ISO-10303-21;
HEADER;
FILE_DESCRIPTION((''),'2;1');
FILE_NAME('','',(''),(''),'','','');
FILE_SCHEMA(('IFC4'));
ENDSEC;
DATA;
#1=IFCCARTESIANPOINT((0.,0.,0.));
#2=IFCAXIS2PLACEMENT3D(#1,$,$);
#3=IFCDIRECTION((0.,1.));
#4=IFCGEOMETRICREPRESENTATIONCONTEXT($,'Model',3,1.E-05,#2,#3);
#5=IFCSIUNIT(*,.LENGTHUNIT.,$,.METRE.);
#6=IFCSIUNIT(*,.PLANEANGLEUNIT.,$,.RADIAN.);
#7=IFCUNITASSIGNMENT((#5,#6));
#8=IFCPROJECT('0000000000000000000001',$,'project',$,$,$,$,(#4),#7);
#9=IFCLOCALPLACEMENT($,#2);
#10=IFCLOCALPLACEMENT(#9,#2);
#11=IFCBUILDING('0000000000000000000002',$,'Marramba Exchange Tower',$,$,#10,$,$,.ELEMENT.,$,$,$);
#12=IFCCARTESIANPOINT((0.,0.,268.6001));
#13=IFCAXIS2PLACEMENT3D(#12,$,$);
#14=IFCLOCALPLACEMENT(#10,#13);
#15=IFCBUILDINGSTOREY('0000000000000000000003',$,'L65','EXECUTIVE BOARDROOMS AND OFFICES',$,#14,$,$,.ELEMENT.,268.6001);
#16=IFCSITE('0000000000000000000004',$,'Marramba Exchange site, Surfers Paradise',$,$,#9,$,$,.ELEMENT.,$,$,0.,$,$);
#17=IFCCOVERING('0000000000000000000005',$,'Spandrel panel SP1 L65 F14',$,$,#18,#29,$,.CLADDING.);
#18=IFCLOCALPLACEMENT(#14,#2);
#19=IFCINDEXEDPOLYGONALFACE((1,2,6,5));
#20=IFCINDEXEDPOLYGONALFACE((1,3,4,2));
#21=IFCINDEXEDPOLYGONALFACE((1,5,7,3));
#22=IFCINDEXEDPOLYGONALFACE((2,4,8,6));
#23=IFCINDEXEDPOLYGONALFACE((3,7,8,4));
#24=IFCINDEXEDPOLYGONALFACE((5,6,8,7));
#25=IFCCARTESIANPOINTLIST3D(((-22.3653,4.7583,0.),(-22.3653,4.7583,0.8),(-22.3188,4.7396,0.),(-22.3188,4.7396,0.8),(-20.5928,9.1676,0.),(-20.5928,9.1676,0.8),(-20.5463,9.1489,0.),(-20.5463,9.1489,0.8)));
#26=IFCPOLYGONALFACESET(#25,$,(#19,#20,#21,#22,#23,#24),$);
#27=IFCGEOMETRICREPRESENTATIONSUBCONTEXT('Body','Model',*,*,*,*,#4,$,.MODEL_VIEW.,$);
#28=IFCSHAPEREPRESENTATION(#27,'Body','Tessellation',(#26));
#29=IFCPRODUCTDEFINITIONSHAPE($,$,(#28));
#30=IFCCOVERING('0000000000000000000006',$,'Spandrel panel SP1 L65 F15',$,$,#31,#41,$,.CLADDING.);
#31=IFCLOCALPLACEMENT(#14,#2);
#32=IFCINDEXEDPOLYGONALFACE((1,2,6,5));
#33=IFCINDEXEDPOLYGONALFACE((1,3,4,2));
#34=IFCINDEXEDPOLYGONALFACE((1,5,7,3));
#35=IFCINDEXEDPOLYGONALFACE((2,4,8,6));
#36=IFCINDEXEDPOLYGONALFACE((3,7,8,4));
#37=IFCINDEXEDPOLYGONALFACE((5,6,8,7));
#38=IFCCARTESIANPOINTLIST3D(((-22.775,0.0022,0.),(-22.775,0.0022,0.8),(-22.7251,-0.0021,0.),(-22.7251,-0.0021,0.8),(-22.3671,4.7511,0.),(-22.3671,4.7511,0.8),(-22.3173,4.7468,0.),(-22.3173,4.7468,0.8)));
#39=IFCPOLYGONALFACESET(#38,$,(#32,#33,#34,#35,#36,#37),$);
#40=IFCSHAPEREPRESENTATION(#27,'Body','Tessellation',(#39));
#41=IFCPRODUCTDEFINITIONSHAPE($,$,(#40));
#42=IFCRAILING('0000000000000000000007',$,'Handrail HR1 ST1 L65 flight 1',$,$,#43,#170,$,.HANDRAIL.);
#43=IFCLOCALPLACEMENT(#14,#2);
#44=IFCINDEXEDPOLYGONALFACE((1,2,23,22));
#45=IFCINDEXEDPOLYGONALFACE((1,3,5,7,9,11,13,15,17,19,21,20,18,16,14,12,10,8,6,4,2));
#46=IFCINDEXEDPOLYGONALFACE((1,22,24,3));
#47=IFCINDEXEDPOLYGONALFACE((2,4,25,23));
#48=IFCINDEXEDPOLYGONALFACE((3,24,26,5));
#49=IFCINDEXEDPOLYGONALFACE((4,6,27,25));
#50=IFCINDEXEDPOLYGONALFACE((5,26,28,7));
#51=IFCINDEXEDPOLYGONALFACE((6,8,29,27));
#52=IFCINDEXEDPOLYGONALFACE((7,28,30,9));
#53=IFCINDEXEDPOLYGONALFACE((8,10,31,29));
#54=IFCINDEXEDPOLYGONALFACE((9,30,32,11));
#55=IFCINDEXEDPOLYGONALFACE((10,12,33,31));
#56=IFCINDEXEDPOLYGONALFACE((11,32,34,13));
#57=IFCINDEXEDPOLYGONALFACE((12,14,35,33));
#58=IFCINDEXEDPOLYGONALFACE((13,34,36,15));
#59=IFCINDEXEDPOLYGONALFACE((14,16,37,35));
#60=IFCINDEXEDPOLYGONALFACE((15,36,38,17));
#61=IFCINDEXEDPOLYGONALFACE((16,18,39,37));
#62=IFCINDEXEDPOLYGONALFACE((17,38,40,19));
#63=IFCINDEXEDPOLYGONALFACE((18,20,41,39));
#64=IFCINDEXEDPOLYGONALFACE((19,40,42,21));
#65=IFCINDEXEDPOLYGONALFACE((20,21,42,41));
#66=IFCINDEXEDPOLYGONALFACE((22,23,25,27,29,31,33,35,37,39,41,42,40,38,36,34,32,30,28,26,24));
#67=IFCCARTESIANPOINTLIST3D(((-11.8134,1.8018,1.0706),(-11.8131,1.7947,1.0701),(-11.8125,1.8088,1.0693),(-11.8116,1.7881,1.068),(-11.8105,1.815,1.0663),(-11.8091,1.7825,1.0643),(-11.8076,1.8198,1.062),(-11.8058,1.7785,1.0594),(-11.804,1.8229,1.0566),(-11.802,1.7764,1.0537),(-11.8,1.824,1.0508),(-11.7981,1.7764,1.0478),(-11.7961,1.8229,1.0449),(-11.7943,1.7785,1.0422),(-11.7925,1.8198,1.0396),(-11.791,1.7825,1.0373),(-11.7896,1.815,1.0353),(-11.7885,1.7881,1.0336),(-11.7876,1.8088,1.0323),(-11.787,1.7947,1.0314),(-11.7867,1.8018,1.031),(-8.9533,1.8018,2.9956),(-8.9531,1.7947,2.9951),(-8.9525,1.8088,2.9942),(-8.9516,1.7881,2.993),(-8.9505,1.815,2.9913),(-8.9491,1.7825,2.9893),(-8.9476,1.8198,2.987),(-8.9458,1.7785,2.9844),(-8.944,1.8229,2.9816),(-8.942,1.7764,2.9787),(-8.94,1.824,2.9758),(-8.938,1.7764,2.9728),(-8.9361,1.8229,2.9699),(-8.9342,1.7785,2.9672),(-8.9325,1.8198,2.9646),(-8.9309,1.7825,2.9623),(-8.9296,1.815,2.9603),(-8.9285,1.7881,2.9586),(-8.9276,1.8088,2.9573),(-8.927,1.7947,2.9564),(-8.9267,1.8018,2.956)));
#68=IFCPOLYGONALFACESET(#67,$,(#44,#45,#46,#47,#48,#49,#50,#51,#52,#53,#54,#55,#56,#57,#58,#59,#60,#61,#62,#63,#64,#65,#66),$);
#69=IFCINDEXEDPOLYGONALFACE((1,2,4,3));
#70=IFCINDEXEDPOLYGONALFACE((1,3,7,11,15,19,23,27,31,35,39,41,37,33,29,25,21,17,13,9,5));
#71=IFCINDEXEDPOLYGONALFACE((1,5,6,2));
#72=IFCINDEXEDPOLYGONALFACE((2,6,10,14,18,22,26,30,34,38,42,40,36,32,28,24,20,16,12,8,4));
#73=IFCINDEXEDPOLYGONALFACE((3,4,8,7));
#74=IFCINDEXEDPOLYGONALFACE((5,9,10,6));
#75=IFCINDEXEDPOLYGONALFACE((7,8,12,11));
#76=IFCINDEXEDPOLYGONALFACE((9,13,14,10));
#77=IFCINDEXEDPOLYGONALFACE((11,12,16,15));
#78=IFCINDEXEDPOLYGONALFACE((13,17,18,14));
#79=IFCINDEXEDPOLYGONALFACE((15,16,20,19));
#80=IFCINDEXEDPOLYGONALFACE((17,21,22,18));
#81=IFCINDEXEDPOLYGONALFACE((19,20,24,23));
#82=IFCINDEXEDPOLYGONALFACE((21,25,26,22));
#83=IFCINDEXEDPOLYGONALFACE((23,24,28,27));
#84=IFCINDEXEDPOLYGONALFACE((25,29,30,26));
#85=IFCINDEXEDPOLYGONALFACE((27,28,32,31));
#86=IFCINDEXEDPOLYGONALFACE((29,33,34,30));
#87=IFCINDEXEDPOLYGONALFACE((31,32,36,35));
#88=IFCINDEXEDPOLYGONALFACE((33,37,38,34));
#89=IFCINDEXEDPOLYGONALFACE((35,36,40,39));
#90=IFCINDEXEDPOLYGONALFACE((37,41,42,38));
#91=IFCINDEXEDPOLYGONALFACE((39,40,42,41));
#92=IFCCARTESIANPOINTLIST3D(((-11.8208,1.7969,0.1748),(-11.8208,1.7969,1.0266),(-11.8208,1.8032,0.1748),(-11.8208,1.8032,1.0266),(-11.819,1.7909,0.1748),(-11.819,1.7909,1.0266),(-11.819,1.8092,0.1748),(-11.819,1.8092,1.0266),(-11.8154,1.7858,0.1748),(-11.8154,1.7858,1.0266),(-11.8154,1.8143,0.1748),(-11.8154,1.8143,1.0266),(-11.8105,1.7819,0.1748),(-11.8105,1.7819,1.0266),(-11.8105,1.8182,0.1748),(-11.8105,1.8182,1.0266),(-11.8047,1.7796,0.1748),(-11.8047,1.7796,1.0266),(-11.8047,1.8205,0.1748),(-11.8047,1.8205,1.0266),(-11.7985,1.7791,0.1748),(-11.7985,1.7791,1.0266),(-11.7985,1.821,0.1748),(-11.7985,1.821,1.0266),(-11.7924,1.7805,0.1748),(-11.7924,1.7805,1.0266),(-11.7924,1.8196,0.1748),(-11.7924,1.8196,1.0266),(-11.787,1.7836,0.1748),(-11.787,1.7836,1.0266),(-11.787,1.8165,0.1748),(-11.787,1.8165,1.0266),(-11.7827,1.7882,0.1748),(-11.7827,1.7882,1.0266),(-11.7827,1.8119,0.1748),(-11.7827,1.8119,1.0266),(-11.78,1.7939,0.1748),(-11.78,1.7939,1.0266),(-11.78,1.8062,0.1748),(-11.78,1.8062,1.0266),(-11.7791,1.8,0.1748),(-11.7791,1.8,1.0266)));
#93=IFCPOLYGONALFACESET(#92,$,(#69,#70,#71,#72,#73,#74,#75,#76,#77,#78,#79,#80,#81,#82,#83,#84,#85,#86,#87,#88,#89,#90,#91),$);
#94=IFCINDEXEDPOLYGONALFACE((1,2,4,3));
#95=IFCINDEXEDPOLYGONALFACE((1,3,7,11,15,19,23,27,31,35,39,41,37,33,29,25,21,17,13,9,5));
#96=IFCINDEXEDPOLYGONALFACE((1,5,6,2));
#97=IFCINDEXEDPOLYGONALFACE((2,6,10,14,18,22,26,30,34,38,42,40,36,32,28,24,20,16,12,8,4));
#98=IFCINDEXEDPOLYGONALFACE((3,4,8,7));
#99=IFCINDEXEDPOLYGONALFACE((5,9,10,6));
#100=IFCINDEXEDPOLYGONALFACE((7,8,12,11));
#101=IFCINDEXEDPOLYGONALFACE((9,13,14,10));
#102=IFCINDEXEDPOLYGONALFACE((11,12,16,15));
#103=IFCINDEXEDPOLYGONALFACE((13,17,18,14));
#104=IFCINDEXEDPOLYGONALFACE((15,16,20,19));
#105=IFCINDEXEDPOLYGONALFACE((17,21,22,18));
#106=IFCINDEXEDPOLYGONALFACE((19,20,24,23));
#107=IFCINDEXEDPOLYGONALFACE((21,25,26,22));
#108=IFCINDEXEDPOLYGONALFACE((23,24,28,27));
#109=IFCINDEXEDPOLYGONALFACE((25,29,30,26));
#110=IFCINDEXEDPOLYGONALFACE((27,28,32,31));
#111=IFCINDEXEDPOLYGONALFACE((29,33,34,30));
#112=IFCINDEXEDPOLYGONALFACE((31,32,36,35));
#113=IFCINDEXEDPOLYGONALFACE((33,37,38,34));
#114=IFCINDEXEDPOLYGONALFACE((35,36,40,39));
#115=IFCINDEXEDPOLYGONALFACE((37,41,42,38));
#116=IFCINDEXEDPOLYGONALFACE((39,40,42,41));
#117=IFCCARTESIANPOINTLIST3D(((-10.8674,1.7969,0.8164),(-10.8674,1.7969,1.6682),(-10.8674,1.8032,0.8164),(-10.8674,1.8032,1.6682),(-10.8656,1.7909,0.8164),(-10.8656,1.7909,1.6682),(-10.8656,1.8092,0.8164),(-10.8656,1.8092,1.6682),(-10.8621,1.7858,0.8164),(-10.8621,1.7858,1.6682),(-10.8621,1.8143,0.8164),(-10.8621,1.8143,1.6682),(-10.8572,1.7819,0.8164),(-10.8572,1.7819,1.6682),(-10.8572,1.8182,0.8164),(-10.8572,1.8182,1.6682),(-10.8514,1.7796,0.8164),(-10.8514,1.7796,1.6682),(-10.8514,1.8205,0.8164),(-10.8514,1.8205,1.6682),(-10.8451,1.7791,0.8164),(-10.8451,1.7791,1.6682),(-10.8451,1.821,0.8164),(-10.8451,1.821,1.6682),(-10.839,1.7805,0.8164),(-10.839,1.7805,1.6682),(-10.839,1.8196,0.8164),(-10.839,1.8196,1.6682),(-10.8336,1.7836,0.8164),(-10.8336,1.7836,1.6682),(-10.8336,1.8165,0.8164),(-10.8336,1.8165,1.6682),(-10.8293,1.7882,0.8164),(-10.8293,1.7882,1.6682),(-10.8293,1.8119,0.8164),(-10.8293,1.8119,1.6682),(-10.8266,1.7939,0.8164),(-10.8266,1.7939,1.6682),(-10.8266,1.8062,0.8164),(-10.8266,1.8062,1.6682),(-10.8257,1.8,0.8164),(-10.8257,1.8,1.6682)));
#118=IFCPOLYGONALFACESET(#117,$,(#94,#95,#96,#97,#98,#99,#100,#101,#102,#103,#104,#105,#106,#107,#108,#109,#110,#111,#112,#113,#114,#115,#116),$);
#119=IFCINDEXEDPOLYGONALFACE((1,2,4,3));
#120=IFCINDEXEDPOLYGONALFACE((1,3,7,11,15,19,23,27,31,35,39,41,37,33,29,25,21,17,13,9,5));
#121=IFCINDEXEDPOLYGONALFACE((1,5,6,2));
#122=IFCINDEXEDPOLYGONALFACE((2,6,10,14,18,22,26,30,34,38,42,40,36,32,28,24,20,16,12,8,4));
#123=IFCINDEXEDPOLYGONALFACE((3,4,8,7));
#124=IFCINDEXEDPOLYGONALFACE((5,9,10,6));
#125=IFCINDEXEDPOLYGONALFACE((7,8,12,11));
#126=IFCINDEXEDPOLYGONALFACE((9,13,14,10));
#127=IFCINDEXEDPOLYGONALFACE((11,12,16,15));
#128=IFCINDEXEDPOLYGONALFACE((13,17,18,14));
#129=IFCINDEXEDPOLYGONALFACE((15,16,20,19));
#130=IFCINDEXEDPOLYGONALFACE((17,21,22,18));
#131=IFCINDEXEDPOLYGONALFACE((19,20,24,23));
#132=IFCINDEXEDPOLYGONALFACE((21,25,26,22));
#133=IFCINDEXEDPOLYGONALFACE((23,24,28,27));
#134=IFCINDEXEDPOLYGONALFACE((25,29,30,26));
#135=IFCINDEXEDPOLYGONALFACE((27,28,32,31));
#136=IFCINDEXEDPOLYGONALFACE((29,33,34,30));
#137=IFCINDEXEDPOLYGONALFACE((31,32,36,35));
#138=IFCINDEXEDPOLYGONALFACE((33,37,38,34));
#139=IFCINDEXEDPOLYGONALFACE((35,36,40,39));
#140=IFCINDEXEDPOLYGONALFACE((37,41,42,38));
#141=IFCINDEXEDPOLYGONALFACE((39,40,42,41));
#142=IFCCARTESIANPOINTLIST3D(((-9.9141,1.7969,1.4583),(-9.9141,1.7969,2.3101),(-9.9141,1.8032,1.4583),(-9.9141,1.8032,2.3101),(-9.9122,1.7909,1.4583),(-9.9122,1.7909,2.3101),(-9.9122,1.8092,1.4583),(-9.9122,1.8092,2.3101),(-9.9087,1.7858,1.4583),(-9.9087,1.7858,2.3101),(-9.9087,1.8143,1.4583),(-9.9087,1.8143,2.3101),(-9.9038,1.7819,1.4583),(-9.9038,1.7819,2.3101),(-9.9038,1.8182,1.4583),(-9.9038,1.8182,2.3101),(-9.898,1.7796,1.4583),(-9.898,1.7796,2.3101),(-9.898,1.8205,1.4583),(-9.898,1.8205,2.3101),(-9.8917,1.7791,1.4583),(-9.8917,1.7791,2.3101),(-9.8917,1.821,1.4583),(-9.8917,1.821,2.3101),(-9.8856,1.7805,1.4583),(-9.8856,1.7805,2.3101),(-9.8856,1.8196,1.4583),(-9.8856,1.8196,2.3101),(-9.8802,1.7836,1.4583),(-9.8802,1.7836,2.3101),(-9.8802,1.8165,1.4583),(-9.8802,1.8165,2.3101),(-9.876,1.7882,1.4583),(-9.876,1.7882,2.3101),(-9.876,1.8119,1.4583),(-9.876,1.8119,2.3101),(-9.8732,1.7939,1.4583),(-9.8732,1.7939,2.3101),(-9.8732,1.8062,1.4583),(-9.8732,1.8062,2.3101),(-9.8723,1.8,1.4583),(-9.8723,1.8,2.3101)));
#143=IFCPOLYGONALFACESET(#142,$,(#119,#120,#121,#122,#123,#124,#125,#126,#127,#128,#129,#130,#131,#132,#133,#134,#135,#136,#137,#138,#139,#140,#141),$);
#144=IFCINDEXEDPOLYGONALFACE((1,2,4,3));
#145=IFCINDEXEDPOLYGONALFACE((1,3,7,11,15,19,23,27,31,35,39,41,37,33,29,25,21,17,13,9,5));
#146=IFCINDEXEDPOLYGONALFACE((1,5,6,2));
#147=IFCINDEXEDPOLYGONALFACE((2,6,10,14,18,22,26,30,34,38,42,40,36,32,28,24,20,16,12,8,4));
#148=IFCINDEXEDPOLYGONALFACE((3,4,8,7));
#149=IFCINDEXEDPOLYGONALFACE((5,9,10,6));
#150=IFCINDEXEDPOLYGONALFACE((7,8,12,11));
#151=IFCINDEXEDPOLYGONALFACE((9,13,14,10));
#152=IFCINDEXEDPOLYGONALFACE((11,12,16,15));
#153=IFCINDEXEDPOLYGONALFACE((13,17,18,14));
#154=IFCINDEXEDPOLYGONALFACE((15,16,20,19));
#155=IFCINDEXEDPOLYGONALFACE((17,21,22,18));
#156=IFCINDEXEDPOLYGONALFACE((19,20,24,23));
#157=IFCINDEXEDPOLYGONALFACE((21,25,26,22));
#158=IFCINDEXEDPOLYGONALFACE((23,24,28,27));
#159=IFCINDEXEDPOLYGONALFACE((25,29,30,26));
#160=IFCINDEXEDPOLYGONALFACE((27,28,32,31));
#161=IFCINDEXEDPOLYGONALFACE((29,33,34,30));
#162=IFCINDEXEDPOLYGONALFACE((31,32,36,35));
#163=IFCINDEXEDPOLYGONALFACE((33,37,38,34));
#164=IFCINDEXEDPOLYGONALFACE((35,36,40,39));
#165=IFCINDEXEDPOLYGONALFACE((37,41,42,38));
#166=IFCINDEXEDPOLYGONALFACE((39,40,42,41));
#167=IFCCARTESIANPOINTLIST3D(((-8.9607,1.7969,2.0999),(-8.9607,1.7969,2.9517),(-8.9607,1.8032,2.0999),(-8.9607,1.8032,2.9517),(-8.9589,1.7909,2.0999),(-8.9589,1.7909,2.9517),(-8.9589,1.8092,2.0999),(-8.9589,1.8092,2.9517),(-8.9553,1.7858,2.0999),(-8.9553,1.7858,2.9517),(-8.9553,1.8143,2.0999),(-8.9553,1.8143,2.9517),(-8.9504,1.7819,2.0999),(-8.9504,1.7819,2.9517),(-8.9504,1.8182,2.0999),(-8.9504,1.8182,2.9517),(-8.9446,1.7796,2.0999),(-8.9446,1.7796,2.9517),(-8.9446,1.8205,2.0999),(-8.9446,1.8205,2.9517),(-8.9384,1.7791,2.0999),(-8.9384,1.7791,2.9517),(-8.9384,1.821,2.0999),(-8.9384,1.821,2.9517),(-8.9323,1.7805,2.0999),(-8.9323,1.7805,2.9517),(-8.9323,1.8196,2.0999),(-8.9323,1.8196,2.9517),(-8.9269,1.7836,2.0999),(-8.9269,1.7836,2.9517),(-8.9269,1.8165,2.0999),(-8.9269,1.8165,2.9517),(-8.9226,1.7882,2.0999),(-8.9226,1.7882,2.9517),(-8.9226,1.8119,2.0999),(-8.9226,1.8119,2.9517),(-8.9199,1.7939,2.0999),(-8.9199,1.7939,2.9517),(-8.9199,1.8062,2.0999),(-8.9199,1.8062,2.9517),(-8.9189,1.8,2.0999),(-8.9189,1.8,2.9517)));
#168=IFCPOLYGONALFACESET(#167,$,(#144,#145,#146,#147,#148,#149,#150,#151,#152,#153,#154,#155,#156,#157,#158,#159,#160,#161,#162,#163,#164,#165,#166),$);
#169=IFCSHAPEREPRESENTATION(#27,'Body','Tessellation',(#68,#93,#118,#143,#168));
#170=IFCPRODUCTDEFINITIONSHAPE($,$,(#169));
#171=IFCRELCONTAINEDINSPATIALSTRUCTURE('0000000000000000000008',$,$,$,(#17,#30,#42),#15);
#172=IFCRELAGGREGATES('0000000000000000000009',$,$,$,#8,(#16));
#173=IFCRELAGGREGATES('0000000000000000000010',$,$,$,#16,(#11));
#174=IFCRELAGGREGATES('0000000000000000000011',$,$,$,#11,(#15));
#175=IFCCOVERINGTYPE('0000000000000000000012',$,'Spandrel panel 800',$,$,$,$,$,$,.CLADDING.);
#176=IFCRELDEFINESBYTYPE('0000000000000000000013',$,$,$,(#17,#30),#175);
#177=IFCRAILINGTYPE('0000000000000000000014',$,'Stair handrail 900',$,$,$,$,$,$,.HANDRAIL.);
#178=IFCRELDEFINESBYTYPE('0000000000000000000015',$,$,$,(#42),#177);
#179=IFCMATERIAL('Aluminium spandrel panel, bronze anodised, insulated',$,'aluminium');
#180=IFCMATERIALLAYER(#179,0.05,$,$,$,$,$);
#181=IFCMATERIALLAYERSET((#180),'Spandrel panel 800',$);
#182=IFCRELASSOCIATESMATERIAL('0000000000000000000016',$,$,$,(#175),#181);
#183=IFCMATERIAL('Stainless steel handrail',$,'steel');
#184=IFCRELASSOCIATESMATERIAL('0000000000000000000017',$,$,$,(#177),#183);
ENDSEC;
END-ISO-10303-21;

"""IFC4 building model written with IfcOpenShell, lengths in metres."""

from ifc_helpers import new_model, si_unit, direction, frame, origin, origin_2d, place, context, subcontext, project, spatial, rectangle, circle, extrude, material, layer, layer_set, type_object, element, save


model = new_model("IFC4")

# Units and contexts
model_context = context("Model", 3, precision=1e-05, world=origin(), true_north=direction((0.0, 1.0)))
body_context = subcontext(model_context, "Body", "Model", "MODEL_VIEW")
ifc_project = project(units=[si_unit("LENGTHUNIT", "METRE"), si_unit("PLANEANGLEUNIT", "RADIAN")], contexts=[model_context])

# Site, building, storey
site_placement = place(None, origin())
site = spatial("IfcSite", under=ifc_project, at=site_placement, Name="Marramba Exchange site, Surfers Paradise", CompositionType="ELEMENT", RefElevation=0.0)
building_placement = place(site_placement, origin())
building = spatial("IfcBuilding", under=site, at=building_placement, Name="Marramba Exchange Tower", CompositionType="ELEMENT")
storey_placement = place(building_placement, frame((0.0, 0.0, 268.6001)))
storey = spatial("IfcBuildingStorey", under=building, at=storey_placement, Name="L65", Description="EXECUTIVE BOARDROOMS AND OFFICES", CompositionType="ELEMENT", Elevation=268.6001)

# Coverings
ifc_material_1 = material(Name="Aluminium spandrel panel, bronze anodised, insulated", Category="aluminium")
ifc_layer_1 = layer(ifc_material_1, 0.05)
ifc_layer_set_1 = layer_set([ifc_layer_1], Name="Spandrel panel 800")
covering_type = type_object("IfcCoveringType", Name="Spandrel panel 800", PredefinedType="CLADDING", material=ifc_layer_set_1)
covering_1_placement = place(storey_placement, frame((-21.4558, 6.9536, 0.0), z_axis=(0.0, 0.0, 1.0), x_axis=(-0.372983, -0.927838, 0.0)))
element("IfcCovering", 1, at=covering_1_placement, inside=storey, type_object=covering_type, Name="Spandrel panel SP1 L65 F14", PredefinedType="CLADDING", context=body_context, shape_type="SweptSolid", body=[
    extrude(rectangle(XDim=4.7522, YDim=0.05, at=origin_2d()), origin(), (0.0, 0.0, 1.0), 0.8),
])
covering_2_placement = place(storey_placement, frame((-22.5461, 2.3745, 0.0), z_axis=(0.0, 0.0, 1.0), x_axis=(-0.085574, -0.996332, 0.0)))
element("IfcCovering", 2, at=covering_2_placement, inside=storey, type_object=covering_type, Name="Spandrel panel SP1 L65 F15", PredefinedType="CLADDING", context=body_context, shape_type="SweptSolid", body=[
    extrude(rectangle(XDim=4.7664, YDim=0.05, at=origin_2d()), origin(), (0.0, 0.0, 1.0), 0.8),
])

# Railing
ifc_material_2 = material(Name="Stainless steel handrail", Category="steel")
railing_type = type_object("IfcRailingType", Name="Stair handrail 900", PredefinedType="HANDRAIL", material=ifc_material_2)
railing_placement = place(storey_placement, frame((-11.8, 1.8, 0.1748)))
element("IfcRailing", 3, at=railing_placement, inside=storey, type_object=railing_type, Name="Handrail HR1 ST1 L65 flight 1", PredefinedType="HANDRAIL", context=body_context, shape_type="SweptSolid", body=[
    extrude(circle(Radius=0.0239, at=origin_2d()), frame((0.0, 0.0, 0.876), z_axis=(0.829591, 0.0, 0.558372), x_axis=(0.0, 1.0, 0.0)), (0.0, 0.0, 1.0), 3.4475),
    extrude(circle(Radius=0.021, at=origin_2d()), origin(), (0.0, 0.0, 1.0), 0.8518),
    extrude(circle(Radius=0.021, at=origin_2d()), frame((0.9534, 0.0, 0.6416)), (0.0, 0.0, 1.0), 0.8518),
    extrude(circle(Radius=0.021, at=origin_2d()), frame((1.9067, 0.0, 1.2834)), (0.0, 0.0, 1.0), 0.8518),
    extrude(circle(Radius=0.021, at=origin_2d()), frame((2.8601, 0.0, 1.925)), (0.0, 0.0, 1.0), 0.8518),
])

save(model, "model.ifc")
